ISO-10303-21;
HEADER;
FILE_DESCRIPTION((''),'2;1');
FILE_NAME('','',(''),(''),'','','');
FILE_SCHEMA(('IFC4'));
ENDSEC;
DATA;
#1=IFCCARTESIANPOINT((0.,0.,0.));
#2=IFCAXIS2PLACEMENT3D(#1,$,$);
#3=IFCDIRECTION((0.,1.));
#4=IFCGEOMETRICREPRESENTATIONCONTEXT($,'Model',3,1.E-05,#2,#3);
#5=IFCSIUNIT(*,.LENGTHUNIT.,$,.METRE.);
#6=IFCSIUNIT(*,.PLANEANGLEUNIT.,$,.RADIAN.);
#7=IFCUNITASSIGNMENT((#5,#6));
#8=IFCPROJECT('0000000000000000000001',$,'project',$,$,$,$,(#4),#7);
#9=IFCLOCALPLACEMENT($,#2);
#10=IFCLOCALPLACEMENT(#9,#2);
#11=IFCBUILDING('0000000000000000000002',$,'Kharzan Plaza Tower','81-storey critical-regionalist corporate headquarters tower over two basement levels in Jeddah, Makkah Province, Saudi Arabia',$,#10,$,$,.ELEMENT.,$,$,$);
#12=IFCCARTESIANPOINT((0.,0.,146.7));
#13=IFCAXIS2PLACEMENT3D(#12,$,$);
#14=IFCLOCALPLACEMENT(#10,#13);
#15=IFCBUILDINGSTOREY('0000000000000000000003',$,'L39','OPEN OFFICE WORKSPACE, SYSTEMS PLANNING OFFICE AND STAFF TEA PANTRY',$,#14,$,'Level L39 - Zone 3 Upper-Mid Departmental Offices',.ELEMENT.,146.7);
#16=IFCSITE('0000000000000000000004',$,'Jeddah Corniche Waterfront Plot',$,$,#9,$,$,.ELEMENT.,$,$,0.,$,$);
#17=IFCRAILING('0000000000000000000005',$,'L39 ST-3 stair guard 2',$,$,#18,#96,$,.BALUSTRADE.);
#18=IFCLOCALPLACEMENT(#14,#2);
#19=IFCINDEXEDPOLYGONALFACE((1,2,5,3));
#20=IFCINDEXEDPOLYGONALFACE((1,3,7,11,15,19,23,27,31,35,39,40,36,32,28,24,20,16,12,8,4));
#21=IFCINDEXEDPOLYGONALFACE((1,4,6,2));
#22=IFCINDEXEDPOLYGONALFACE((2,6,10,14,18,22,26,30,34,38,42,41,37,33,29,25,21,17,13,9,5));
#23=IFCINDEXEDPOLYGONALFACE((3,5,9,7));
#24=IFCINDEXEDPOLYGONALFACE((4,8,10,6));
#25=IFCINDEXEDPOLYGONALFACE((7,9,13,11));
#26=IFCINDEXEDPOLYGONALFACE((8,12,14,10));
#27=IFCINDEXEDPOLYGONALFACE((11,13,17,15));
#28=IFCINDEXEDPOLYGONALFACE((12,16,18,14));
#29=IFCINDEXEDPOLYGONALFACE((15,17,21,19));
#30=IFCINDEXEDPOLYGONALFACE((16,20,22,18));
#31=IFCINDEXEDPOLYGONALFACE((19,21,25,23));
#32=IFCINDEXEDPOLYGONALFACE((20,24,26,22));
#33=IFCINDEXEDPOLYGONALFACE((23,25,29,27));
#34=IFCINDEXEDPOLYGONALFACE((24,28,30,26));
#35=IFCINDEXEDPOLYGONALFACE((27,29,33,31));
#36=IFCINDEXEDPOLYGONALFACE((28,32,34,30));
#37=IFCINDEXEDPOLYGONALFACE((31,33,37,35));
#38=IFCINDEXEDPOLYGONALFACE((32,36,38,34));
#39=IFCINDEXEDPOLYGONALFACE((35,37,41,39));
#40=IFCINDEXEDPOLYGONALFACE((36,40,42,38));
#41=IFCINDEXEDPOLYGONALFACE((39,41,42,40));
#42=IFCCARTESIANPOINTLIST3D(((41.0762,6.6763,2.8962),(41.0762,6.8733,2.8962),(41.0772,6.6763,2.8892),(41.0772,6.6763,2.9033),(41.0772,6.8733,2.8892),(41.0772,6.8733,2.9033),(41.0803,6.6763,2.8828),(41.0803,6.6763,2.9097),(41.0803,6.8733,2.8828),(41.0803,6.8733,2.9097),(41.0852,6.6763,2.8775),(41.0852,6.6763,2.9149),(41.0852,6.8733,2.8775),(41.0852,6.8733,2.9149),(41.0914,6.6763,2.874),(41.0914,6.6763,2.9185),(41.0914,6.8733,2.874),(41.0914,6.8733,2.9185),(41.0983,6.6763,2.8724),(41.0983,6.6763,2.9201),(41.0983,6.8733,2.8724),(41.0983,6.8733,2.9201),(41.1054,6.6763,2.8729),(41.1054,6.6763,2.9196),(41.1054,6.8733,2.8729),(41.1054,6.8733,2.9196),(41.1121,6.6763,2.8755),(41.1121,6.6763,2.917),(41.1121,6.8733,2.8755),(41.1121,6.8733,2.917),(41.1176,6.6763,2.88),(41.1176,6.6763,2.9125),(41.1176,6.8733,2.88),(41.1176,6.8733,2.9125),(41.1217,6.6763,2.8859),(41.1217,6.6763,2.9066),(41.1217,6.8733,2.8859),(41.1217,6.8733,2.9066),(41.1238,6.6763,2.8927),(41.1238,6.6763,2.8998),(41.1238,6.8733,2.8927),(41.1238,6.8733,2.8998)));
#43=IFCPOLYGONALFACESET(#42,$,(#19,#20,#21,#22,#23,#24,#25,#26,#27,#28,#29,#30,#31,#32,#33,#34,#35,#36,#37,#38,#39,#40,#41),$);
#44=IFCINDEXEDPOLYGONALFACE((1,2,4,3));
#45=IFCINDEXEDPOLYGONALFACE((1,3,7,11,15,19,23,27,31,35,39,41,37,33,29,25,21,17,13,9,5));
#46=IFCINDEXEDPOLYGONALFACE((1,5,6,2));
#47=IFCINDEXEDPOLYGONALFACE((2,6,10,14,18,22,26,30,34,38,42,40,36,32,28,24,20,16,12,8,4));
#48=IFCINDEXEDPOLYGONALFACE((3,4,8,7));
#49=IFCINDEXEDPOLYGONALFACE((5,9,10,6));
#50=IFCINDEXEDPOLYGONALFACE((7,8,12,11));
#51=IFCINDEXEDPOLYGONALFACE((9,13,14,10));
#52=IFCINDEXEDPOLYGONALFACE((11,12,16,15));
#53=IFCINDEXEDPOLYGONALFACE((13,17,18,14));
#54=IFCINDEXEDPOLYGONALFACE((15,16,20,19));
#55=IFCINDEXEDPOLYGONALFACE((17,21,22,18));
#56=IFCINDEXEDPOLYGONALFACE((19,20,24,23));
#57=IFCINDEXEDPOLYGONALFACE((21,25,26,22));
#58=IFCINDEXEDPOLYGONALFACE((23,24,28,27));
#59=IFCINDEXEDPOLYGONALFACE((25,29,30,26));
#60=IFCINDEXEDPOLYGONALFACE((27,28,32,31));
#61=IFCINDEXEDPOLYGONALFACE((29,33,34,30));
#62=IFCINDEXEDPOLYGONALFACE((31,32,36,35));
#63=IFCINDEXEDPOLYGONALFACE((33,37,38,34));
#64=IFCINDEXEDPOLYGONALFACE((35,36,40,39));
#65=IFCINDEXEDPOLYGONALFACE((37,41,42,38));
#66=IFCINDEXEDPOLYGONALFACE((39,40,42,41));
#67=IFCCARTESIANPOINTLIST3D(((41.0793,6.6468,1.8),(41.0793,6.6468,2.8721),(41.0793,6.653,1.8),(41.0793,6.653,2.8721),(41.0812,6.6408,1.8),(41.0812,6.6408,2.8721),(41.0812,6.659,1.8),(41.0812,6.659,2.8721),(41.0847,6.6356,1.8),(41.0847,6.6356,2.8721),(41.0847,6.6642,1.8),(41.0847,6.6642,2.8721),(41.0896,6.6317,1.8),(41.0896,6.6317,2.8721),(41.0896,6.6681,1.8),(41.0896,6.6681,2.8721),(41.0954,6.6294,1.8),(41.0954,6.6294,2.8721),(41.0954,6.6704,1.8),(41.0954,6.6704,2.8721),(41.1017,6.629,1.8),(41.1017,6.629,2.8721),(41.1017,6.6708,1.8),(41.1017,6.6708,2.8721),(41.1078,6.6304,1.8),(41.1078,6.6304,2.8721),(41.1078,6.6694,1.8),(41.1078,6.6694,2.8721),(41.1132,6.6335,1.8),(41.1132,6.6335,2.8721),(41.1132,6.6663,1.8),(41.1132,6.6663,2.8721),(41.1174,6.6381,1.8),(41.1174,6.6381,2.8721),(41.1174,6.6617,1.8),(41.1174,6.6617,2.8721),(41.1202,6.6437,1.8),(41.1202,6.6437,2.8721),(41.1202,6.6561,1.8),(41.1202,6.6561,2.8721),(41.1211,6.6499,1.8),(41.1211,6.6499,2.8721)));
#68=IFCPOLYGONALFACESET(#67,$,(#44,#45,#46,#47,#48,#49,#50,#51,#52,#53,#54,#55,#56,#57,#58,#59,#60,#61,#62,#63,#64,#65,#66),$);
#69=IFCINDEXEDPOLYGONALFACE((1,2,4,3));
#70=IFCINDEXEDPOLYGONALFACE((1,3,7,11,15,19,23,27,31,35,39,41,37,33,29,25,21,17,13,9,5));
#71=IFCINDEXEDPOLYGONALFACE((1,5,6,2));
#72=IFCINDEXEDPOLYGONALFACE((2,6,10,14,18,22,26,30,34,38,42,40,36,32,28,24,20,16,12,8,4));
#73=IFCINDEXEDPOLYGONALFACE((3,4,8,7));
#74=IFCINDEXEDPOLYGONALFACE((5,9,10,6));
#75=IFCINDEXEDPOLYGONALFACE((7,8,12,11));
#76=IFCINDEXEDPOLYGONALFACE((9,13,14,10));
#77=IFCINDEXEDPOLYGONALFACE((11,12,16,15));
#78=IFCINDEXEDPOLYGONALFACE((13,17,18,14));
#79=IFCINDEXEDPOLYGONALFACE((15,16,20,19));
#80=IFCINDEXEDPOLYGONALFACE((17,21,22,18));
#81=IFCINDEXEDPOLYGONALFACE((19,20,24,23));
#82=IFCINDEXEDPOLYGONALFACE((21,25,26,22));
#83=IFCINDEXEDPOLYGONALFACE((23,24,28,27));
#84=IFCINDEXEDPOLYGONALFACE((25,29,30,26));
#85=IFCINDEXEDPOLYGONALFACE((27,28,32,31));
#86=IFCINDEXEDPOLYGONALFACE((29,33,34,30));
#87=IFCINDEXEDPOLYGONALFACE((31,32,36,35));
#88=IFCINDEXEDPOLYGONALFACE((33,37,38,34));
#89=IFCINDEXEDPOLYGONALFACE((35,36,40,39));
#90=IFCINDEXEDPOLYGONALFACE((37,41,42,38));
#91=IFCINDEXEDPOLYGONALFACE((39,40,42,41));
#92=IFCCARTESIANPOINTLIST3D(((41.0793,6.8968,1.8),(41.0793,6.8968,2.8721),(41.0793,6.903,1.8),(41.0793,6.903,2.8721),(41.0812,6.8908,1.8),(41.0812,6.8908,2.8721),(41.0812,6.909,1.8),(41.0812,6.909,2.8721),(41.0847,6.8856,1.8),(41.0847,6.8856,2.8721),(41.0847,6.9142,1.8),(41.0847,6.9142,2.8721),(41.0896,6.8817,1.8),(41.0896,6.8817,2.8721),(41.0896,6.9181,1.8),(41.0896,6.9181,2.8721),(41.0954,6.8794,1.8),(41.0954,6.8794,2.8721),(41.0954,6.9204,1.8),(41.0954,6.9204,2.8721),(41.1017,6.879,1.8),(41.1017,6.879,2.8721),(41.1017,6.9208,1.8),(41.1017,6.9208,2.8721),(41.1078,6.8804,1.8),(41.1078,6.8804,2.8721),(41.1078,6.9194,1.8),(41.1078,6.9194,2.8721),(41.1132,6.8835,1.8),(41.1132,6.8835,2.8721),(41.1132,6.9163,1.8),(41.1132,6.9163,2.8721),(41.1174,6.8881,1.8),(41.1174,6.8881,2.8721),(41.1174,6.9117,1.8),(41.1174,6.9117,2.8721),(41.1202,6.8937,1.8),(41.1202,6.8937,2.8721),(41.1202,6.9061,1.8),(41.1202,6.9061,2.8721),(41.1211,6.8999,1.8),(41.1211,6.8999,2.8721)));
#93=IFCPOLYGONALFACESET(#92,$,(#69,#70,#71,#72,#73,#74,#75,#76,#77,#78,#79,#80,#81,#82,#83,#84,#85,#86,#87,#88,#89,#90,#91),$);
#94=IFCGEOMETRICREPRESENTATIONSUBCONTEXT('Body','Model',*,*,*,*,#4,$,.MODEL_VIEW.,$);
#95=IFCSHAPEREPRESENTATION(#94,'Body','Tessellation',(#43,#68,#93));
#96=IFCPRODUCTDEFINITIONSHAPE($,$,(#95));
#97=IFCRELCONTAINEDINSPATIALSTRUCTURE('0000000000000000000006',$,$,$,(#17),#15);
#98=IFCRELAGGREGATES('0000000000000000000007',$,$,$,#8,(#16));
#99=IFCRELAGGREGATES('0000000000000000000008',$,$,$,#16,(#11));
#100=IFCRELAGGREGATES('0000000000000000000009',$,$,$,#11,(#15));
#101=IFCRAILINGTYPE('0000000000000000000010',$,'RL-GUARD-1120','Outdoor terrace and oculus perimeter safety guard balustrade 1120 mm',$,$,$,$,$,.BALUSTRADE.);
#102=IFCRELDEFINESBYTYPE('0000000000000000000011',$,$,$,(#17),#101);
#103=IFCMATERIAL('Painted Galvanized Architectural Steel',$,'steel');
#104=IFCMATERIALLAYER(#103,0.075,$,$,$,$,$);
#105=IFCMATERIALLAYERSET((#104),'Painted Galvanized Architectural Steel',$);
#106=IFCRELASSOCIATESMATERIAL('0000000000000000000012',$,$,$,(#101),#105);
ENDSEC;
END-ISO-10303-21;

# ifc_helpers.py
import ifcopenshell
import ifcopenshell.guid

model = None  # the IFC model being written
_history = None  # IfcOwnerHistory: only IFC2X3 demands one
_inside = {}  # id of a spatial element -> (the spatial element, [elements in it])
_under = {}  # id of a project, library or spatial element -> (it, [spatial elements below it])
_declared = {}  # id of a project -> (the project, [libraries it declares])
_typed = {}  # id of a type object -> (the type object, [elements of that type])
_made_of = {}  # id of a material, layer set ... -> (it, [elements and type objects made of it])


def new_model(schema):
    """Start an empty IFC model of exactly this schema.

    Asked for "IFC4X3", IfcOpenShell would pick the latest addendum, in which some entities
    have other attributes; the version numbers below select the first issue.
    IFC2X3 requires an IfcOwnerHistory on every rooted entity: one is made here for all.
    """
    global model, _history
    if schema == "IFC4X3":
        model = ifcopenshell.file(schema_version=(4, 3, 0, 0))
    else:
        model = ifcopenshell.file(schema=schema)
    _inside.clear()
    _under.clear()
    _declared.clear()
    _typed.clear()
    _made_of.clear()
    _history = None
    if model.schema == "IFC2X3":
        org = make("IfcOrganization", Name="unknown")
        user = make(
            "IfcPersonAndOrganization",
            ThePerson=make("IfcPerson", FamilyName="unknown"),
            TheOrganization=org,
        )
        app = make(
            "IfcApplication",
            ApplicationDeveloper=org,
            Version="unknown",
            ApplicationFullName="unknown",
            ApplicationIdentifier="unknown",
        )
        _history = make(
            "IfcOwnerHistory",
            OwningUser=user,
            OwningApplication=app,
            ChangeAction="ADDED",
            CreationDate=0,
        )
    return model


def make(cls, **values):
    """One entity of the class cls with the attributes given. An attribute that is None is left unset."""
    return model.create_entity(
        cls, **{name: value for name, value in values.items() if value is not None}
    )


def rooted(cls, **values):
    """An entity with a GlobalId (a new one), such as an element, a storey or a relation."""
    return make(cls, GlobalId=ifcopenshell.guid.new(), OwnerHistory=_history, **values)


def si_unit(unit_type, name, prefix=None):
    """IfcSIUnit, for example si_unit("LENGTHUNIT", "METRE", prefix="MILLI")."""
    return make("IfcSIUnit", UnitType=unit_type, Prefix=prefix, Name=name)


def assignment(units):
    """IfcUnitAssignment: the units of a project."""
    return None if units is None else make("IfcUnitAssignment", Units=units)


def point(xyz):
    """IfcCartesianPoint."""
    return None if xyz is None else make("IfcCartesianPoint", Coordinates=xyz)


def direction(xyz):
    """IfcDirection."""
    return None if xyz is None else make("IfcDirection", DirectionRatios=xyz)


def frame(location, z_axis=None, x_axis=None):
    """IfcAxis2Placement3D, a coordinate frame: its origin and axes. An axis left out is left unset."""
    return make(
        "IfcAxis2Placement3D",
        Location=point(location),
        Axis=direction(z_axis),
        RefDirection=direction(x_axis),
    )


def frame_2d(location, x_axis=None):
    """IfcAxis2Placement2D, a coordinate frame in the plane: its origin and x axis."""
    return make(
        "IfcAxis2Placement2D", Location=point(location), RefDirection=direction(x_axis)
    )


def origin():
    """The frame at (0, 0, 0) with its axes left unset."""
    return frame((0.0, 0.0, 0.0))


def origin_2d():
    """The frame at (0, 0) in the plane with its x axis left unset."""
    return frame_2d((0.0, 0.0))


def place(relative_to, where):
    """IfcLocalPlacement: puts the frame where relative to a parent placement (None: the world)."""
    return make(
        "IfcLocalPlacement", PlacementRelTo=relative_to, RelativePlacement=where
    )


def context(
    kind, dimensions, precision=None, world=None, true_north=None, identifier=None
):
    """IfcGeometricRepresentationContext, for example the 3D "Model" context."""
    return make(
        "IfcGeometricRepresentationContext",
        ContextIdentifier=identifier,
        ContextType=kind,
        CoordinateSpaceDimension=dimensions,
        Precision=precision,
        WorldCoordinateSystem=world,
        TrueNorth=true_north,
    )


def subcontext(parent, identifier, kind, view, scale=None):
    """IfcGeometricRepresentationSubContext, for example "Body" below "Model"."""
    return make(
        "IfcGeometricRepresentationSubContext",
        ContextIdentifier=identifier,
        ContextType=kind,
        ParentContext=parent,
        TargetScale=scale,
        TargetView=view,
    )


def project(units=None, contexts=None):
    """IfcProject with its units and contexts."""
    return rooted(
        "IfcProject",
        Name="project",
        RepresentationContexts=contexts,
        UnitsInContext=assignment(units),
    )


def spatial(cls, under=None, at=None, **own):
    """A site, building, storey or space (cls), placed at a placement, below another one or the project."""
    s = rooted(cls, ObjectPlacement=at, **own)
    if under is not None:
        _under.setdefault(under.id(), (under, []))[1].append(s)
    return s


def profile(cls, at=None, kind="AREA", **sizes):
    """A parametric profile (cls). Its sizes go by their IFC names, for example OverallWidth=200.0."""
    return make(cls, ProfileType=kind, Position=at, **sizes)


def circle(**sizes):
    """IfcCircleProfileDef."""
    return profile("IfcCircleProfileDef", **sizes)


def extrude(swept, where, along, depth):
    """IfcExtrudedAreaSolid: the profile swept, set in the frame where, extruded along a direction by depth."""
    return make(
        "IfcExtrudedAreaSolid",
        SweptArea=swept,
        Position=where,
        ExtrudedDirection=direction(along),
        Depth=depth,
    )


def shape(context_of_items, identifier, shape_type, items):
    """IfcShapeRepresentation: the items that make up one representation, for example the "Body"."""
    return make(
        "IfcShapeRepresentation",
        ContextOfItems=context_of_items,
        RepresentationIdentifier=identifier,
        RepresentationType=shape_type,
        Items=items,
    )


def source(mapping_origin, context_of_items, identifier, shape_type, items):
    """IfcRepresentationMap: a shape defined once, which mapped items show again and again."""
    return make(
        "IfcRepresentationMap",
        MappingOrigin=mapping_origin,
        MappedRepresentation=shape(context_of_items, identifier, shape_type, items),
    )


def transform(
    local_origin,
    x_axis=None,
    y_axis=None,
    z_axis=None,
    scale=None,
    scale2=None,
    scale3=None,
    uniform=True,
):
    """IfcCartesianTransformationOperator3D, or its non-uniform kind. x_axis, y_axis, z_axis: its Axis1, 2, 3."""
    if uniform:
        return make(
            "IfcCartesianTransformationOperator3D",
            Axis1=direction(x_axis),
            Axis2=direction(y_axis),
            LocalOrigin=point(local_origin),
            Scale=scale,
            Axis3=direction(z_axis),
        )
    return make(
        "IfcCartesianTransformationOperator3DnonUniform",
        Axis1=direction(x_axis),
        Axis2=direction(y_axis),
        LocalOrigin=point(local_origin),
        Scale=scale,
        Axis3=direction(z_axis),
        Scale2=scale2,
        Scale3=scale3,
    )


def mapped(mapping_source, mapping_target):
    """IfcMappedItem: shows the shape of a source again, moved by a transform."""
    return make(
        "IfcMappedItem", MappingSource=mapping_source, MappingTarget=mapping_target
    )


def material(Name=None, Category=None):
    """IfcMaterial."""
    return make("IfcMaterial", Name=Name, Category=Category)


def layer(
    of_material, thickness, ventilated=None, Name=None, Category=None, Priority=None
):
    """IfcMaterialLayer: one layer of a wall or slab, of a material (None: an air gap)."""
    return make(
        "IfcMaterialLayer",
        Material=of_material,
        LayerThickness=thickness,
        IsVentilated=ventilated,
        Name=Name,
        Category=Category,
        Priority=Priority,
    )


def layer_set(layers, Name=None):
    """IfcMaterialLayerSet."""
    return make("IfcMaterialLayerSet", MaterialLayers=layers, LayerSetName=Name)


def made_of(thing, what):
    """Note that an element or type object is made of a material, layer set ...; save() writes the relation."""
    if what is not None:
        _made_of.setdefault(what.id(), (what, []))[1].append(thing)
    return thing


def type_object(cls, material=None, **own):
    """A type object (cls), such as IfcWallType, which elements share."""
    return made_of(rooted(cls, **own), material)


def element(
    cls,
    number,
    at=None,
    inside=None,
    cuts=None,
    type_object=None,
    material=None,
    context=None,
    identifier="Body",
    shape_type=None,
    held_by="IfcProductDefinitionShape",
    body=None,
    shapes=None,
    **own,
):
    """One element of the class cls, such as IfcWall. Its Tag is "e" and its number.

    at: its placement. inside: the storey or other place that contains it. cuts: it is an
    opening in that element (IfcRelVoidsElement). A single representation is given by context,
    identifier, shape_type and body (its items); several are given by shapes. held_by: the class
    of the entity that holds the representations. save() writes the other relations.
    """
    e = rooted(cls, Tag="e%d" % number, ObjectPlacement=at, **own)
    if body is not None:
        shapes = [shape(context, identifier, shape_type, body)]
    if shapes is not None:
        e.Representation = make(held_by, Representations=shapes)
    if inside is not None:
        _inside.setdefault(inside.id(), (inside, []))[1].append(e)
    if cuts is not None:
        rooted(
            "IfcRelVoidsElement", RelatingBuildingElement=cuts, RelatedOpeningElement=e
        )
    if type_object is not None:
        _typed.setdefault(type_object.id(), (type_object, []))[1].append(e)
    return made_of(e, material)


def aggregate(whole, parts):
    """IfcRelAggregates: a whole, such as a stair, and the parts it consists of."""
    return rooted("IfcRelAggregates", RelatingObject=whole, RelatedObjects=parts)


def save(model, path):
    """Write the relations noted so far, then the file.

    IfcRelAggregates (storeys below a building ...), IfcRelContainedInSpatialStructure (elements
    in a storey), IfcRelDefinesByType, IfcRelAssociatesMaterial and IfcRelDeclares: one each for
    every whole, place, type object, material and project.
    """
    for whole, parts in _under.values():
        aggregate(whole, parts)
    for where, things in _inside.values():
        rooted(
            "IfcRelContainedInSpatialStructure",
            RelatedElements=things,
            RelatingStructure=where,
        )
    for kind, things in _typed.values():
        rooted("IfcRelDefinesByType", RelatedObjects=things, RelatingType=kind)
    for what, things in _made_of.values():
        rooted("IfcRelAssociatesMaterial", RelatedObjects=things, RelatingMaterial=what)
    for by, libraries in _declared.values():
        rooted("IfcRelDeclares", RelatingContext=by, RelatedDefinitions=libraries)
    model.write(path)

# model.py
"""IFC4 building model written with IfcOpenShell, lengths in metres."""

from ifc_helpers import new_model, si_unit, direction, frame, origin, origin_2d, place, context, subcontext, project, spatial, circle, extrude, source, transform, mapped, material, layer, layer_set, type_object, element, save


model = new_model("IFC4")

# Units and contexts
model_context = context("Model", 3, precision=1e-05, world=origin(), true_north=direction((0.0, 1.0)))
body_context = subcontext(model_context, "Body", "Model", "MODEL_VIEW")
ifc_project = project(units=[si_unit("LENGTHUNIT", "METRE"), si_unit("PLANEANGLEUNIT", "RADIAN")], contexts=[model_context])

# Site, building, storey
site_placement = place(None, origin())
site = spatial("IfcSite", under=ifc_project, at=site_placement, Name="Jeddah Corniche Waterfront Plot", CompositionType="ELEMENT", RefElevation=0.0)
building_placement = place(site_placement, origin())
building = spatial("IfcBuilding", under=site, at=building_placement, Name="Kharzan Plaza Tower", Description="81-storey critical-regionalist corporate headquarters tower over two basement levels in Jeddah, Makkah Province, Saudi Arabia", CompositionType="ELEMENT")
storey_placement = place(building_placement, frame((0.0, 0.0, 146.7)))
storey = spatial("IfcBuildingStorey", under=building, at=storey_placement, Name="L39", Description="OPEN OFFICE WORKSPACE, SYSTEMS PLANNING OFFICE AND STAFF TEA PANTRY", LongName="Level L39 - Zone 3 Upper-Mid Departmental Offices", CompositionType="ELEMENT", Elevation=146.7)

# Railing
ifc_material_1 = material(Name="Painted Galvanized Architectural Steel", Category="steel")
ifc_layer_1 = layer(ifc_material_1, 0.075)
ifc_layer_set_1 = layer_set([ifc_layer_1], Name="Painted Galvanized Architectural Steel")
railing_type_1 = type_object("IfcRailingType", Name="RL-GUARD-1120", Description="Outdoor terrace and oculus perimeter safety guard balustrade 1120 mm", PredefinedType="BALUSTRADE", material=ifc_layer_set_1)
shared_shape_1 = source(origin(), body_context, "Body", "SweptSolid", [
    extrude(circle(Radius=0.0239, at=origin_2d()), frame((0.0, 0.0264, 1.0962), z_axis=(0.0, 1.0, 0.0), x_axis=(-1.0, 0.0, 0.0)), (0.0, 0.0, 1.0), 0.197),
    extrude(circle(Radius=0.021, at=origin_2d()), origin(), (0.0, 0.0, 1.0), 1.072),
    extrude(circle(Radius=0.021, at=origin_2d()), frame((0.0, 0.25, 0.0)), (0.0, 0.0, 1.0), 1.072),
])
railing_1_placement = place(storey_placement, frame((41.1001, 6.6499, 1.8)))
element("IfcRailing", 1, at=railing_1_placement, inside=storey, type_object=railing_type_1, Name="L39 ST-3 stair guard 2", PredefinedType="BALUSTRADE", context=body_context, shape_type="MappedRepresentation", body=[
    mapped(shared_shape_1, transform((0.0, 0.0, 0.0), x_axis=(1.0, 0.0, 0.0), y_axis=(0.0, 1.0, 0.0), z_axis=(0.0, 0.0, 1.0))),
])

save(model, "model.ifc")
